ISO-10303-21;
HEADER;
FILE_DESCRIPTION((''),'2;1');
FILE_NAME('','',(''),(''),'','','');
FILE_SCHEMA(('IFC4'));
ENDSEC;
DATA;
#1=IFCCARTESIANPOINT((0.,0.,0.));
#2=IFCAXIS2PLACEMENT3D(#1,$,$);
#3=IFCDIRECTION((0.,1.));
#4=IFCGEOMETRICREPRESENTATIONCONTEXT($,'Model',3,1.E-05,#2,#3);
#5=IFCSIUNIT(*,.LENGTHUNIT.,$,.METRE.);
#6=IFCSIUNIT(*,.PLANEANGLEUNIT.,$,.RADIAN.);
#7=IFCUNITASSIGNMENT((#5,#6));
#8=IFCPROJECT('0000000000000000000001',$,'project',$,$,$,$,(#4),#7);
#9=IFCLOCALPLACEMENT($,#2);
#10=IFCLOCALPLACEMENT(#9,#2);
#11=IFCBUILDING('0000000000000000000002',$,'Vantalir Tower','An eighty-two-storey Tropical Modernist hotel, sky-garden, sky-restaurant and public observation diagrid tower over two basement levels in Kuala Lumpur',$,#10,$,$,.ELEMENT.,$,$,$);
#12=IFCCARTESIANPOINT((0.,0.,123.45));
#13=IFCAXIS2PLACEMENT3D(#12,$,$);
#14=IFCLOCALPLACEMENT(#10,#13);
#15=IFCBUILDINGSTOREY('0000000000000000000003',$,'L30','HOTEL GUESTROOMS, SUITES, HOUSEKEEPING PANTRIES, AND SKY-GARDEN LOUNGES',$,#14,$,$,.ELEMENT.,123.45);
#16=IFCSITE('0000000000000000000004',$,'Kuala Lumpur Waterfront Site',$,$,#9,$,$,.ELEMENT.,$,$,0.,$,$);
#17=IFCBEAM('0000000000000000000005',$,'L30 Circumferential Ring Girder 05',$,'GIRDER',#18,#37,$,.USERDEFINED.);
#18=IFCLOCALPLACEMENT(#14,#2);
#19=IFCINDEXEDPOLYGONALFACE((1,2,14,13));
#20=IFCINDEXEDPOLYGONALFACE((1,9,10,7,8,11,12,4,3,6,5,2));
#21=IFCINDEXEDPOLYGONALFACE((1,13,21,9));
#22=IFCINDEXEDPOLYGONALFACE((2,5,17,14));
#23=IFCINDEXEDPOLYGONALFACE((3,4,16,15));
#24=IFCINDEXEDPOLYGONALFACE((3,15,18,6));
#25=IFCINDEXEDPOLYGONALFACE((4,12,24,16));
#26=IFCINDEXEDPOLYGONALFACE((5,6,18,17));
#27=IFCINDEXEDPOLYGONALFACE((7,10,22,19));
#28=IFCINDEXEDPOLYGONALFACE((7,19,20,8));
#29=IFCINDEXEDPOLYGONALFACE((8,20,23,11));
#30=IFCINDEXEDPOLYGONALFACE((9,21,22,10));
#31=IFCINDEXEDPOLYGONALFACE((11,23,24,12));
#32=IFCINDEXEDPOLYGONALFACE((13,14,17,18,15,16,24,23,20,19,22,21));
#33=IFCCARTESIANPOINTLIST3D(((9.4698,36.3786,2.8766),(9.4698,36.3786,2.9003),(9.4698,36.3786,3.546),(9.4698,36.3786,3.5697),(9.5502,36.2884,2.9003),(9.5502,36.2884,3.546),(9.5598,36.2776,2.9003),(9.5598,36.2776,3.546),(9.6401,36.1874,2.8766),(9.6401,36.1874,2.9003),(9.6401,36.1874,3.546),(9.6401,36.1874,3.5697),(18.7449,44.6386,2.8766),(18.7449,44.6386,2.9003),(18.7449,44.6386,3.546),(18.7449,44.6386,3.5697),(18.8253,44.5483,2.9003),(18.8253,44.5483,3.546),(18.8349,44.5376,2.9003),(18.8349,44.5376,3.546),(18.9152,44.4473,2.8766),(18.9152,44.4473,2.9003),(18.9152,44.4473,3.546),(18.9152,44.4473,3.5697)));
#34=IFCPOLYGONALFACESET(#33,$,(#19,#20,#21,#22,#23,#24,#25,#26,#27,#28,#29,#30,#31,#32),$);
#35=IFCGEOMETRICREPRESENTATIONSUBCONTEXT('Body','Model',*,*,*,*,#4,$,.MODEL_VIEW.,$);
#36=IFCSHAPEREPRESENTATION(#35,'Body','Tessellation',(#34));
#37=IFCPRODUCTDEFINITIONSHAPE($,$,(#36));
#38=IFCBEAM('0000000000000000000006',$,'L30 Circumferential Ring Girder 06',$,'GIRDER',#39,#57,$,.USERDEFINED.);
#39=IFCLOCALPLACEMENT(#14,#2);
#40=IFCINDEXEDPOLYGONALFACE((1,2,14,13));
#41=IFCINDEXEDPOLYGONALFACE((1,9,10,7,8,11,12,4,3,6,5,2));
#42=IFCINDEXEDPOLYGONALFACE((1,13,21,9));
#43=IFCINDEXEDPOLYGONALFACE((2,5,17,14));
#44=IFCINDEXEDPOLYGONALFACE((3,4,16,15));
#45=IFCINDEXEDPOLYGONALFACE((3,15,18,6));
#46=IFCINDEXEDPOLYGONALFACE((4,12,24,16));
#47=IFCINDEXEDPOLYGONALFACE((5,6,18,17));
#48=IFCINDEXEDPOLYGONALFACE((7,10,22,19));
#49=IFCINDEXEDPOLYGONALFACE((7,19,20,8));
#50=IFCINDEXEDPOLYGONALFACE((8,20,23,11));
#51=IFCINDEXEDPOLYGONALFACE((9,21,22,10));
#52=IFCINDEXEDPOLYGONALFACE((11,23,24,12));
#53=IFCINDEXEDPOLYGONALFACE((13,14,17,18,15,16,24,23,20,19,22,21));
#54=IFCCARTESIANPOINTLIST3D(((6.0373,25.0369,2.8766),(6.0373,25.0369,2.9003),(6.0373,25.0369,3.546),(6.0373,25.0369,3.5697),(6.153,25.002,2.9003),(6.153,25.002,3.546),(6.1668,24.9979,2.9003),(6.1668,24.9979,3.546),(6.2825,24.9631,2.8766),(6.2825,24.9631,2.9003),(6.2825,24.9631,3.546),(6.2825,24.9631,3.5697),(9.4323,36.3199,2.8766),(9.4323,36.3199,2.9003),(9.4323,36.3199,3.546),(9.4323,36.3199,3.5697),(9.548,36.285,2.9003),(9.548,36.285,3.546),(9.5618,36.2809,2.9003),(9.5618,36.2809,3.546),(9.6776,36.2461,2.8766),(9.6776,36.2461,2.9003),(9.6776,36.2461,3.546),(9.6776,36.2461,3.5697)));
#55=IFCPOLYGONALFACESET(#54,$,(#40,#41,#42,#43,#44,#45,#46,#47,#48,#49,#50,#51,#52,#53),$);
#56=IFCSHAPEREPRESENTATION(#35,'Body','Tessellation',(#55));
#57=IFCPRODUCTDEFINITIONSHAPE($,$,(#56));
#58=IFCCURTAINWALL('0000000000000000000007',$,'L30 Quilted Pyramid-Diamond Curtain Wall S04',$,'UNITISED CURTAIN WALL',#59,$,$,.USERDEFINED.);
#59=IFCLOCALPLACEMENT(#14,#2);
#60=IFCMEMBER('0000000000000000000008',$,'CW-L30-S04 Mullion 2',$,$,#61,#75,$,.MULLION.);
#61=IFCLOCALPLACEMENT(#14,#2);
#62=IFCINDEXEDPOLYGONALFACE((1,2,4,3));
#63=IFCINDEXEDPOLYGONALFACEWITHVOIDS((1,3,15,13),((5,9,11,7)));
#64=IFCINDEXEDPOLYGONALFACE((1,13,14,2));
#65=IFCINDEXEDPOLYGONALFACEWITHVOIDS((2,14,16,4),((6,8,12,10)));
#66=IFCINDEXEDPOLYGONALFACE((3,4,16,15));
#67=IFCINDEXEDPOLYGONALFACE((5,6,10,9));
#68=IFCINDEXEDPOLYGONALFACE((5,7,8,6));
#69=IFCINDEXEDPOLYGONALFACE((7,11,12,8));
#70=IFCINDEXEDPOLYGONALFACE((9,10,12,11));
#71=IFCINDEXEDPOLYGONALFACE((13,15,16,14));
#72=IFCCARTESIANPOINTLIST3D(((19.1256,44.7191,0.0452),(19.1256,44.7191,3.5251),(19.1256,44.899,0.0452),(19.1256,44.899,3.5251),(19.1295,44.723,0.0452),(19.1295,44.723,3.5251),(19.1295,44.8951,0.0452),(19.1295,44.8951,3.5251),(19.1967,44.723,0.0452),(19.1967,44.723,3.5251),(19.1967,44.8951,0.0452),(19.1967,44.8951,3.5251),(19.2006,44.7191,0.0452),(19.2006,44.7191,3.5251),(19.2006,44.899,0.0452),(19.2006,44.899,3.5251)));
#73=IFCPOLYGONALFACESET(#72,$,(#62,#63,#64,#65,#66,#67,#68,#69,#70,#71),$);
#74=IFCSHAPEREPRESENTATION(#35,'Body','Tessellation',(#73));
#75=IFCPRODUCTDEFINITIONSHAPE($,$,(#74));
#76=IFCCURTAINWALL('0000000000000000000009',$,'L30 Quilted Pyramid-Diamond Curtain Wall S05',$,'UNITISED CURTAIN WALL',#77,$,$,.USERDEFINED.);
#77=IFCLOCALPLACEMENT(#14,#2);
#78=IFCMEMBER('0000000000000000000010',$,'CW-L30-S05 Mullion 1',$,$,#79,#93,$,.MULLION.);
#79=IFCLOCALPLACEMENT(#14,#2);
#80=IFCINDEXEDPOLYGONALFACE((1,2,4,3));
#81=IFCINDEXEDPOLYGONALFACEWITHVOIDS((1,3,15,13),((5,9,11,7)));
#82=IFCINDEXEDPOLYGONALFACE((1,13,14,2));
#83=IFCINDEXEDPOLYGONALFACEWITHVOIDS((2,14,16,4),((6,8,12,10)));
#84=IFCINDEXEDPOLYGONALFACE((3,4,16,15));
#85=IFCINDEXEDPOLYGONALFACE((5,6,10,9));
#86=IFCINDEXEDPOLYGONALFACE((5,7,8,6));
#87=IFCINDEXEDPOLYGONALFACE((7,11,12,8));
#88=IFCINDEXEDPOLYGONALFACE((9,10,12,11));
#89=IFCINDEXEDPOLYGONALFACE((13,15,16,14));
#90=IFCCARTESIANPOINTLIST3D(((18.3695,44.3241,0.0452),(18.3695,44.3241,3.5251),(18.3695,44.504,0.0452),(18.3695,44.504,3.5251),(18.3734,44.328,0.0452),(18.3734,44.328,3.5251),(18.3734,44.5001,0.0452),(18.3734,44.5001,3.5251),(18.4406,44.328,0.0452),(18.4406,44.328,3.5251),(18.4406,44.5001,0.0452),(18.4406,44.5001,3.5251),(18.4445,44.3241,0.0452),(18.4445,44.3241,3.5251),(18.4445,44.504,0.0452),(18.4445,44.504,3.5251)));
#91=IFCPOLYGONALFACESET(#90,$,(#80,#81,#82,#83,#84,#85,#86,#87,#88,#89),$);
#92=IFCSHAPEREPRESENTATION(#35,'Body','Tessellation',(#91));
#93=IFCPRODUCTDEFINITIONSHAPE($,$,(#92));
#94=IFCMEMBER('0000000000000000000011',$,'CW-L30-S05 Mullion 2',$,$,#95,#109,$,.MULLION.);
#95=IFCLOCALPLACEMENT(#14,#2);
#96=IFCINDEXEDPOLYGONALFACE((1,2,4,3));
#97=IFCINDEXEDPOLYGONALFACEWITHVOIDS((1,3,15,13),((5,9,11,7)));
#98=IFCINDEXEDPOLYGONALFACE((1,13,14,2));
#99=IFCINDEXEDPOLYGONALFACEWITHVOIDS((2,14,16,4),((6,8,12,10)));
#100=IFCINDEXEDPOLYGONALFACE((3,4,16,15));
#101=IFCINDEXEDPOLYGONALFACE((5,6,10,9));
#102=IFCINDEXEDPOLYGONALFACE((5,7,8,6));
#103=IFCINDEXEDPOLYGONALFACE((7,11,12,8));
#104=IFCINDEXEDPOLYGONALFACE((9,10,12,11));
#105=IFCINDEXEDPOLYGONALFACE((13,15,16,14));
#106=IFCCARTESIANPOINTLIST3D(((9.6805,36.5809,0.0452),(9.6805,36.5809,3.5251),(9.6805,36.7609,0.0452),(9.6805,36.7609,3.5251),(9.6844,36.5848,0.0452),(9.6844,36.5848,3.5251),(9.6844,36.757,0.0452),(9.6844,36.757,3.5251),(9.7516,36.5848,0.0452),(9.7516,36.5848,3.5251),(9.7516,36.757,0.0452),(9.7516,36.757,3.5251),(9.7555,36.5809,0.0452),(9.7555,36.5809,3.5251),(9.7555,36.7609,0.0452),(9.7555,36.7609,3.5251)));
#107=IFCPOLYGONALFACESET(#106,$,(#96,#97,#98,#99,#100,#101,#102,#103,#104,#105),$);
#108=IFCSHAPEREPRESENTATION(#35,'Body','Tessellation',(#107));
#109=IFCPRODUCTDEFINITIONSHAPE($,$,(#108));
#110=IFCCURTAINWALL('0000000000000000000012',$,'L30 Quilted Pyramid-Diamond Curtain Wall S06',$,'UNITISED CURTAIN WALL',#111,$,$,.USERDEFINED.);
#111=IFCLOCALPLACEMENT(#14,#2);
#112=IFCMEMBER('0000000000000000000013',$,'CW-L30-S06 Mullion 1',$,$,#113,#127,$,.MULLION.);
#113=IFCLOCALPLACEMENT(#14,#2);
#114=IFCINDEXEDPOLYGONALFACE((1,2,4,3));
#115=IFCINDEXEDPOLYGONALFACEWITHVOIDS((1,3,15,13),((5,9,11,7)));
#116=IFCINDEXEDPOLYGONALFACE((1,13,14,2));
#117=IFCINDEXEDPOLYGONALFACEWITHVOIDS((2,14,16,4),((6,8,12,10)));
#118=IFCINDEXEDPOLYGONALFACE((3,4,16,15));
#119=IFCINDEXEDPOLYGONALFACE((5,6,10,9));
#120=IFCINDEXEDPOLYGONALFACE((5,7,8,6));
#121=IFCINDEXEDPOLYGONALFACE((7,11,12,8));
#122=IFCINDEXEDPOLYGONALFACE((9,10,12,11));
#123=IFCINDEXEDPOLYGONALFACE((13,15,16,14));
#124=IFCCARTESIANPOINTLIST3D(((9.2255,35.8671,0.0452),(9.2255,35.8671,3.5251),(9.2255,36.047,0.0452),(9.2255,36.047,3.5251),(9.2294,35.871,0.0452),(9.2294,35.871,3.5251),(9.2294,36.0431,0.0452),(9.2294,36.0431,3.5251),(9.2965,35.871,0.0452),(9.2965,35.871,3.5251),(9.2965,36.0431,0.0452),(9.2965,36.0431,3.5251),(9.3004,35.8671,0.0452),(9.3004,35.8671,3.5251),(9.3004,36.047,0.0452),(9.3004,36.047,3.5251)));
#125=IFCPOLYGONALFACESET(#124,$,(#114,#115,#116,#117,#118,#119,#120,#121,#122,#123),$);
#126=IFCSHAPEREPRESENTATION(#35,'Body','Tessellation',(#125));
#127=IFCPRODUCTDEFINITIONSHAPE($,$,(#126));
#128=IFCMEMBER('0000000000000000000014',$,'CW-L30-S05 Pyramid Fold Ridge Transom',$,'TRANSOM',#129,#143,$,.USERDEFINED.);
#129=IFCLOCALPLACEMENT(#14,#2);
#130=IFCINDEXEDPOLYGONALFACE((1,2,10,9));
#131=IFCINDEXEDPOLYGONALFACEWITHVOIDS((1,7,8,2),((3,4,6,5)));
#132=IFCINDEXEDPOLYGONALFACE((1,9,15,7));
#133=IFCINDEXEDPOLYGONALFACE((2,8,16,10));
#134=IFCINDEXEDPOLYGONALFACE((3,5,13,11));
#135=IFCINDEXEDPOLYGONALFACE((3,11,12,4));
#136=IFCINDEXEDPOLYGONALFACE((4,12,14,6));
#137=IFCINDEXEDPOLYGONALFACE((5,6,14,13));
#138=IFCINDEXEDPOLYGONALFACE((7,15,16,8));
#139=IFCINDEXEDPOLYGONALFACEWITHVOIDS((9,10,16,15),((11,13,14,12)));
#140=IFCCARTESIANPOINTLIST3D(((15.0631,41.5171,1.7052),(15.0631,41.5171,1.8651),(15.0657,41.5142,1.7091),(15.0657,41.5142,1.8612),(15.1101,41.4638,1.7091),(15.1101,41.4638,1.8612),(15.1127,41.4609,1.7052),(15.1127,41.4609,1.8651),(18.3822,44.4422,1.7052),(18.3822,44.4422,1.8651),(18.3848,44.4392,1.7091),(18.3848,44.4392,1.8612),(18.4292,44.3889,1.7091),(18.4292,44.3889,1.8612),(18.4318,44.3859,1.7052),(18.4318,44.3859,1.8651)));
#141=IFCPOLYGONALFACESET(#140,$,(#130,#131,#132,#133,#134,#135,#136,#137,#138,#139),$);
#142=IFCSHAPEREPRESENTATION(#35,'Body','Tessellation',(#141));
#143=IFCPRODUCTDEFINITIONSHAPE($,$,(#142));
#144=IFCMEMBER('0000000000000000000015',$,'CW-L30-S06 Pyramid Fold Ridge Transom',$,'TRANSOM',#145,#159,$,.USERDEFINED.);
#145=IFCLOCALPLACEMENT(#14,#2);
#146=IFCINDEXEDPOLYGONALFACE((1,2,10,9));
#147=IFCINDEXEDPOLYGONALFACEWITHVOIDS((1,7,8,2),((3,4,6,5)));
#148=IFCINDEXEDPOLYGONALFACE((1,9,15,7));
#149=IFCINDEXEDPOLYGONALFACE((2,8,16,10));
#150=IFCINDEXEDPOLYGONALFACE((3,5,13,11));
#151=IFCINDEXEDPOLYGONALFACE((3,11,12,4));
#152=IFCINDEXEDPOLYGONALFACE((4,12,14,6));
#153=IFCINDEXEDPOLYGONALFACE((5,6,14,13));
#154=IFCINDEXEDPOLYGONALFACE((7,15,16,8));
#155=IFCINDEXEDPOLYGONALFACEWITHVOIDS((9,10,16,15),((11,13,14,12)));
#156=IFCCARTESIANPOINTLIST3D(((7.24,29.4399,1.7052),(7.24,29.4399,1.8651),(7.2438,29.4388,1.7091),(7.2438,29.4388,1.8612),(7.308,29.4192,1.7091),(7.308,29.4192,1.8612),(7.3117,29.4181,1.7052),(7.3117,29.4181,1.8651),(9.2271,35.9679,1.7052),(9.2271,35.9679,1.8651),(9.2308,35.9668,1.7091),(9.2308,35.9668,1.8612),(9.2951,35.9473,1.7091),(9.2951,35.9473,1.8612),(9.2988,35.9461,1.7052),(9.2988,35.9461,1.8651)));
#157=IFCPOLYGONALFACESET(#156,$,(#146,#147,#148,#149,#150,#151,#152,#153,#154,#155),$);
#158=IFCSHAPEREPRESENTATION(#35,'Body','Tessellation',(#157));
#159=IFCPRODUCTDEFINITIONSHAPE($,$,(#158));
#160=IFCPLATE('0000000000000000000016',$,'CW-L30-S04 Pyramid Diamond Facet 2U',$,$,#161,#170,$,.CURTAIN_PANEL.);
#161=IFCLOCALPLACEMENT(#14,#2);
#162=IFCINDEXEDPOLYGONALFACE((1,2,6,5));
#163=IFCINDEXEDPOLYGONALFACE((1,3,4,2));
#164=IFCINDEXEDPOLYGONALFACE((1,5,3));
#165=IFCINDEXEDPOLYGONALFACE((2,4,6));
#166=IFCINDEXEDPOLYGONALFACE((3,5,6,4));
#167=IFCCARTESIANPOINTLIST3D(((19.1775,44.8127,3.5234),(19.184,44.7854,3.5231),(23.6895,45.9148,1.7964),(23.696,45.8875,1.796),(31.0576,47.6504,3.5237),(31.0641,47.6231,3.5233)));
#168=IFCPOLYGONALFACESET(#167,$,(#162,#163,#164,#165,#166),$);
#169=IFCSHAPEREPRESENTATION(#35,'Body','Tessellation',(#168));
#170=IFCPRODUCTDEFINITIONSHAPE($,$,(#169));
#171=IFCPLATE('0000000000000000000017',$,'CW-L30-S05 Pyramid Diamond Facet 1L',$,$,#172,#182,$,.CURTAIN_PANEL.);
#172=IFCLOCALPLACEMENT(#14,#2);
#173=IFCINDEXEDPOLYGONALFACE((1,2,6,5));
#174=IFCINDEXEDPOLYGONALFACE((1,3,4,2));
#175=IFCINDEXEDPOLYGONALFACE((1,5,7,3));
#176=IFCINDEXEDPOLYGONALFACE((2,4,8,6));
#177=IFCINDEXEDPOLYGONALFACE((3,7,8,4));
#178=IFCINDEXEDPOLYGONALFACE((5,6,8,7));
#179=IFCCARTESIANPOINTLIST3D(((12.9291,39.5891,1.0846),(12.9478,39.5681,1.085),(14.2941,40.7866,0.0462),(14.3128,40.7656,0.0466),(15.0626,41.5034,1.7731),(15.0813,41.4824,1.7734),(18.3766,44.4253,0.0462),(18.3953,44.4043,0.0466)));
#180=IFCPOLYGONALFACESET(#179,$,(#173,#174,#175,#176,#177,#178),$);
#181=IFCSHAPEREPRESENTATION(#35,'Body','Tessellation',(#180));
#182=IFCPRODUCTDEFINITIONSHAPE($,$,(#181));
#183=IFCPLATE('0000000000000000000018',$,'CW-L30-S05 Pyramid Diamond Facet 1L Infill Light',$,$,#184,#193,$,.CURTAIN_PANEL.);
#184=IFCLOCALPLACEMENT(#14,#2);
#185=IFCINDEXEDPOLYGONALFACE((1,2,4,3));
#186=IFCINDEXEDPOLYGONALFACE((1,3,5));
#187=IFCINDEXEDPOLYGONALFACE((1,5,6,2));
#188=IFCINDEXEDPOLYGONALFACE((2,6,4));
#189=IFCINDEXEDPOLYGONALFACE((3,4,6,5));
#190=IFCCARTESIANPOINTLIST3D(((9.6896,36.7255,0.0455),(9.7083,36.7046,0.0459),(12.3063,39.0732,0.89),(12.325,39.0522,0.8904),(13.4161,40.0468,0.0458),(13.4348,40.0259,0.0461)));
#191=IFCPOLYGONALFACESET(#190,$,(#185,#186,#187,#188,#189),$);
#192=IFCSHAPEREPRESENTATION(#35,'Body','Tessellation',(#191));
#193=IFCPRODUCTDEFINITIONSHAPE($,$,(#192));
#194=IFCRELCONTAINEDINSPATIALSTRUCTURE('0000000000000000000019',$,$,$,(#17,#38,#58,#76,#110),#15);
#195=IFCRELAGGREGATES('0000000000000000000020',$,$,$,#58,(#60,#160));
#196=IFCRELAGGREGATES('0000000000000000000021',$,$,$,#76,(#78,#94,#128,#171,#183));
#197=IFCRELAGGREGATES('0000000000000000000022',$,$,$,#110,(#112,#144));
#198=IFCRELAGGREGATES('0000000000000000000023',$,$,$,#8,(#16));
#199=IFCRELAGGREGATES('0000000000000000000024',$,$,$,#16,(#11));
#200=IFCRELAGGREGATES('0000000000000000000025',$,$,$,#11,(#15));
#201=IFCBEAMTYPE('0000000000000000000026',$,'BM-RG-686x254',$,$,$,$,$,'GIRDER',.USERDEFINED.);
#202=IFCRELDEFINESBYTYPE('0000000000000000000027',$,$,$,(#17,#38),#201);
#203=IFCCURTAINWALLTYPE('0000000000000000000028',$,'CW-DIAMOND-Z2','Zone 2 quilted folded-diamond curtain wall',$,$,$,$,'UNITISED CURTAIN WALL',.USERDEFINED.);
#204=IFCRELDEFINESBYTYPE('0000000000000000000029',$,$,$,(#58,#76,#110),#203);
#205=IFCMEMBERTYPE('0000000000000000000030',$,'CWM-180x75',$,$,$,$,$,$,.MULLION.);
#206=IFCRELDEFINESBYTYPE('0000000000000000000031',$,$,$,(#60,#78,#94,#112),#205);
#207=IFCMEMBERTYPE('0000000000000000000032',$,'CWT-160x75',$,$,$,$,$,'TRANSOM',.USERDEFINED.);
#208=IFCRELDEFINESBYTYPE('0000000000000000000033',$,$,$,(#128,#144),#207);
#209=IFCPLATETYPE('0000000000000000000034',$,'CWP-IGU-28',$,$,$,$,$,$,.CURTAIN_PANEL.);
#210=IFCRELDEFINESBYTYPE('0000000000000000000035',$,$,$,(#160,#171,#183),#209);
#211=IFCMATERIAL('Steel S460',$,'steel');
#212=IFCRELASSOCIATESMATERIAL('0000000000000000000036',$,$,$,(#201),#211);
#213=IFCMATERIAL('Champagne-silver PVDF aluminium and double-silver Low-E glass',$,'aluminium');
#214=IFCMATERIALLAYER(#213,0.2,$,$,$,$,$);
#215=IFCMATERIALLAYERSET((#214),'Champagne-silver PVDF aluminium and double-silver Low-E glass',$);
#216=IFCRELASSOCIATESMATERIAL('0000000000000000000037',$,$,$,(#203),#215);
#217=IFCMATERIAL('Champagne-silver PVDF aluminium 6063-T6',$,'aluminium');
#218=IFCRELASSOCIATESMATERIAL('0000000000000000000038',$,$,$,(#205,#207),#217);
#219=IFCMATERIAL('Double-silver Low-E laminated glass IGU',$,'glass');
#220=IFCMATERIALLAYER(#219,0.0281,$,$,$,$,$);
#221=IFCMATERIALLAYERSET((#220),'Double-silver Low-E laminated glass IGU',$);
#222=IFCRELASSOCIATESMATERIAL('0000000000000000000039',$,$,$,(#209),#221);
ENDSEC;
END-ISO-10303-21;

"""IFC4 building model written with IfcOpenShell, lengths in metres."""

from ifc_helpers import new_model, si_unit, direction, frame, origin, origin_2d, place, context, subcontext, project, spatial, polyline, hollow_rectangle, i_section, outline, extrude, material, layer, layer_set, material_profile, profile_set, type_object, element, aggregate, save


model = new_model("IFC4")

# Units and contexts
model_context = context("Model", 3, precision=1e-05, world=origin(), true_north=direction((0.0, 1.0)))
body_context = subcontext(model_context, "Body", "Model", "MODEL_VIEW")
ifc_project = project(units=[si_unit("LENGTHUNIT", "METRE"), si_unit("PLANEANGLEUNIT", "RADIAN")], contexts=[model_context])

# Site, building, storey
site_placement = place(None, origin())
site = spatial("IfcSite", under=ifc_project, at=site_placement, Name="Kuala Lumpur Waterfront Site", CompositionType="ELEMENT", RefElevation=0.0)
building_placement = place(site_placement, origin())
building = spatial("IfcBuilding", under=site, at=building_placement, Name="Vantalir Tower", Description="An eighty-two-storey Tropical Modernist hotel, sky-garden, sky-restaurant and public observation diagrid tower over two basement levels in Kuala Lumpur", CompositionType="ELEMENT")
storey_placement = place(building_placement, frame((0.0, 0.0, 123.45)))
storey = spatial("IfcBuildingStorey", under=building, at=storey_placement, Name="L30", Description="HOTEL GUESTROOMS, SUITES, HOUSEKEEPING PANTRIES, AND SKY-GARDEN LOUNGES", CompositionType="ELEMENT", Elevation=123.45)

# Shared definitions
ifc_material_1 = material(Name="Steel S460", Category="steel")

# Beams
ifc_material_profile_1 = material_profile(ifc_material_1, i_section(OverallWidth=0.2561, OverallDepth=0.6931, WebThickness=0.0144, FlangeThickness=0.0237, at=origin_2d()), Name="Steel S460")
ifc_profile_set_1 = profile_set([ifc_material_profile_1], Name="Steel S460")
beam_type_1 = type_object("IfcBeamType", Name="BM-RG-686x254", ElementType="GIRDER", PredefinedType="USERDEFINED", material=ifc_profile_set_1)
beam_1_placement = place(storey_placement, frame((18.8301, 44.543, 3.2231), z_axis=(-0.746792, -0.665058, 0.0), x_axis=(0.665058, -0.746792, 0.0)))
element("IfcBeam", 1, at=beam_1_placement, inside=storey, type_object=beam_type_1, Name="L30 Circumferential Ring Girder 05", ObjectType="GIRDER", PredefinedType="USERDEFINED", context=body_context, shape_type="SweptSolid", body=[
    extrude(i_section(OverallWidth=0.2561, OverallDepth=0.6931, WebThickness=0.0144, FlangeThickness=0.0237, at=origin_2d()), origin(), (0.0, 0.0, 1.0), 12.4199),
])
beam_2_placement = place(storey_placement, frame((9.5549, 36.283, 3.2231), z_axis=(-0.288137, -0.957589, 0.0), x_axis=(0.957589, -0.288137, 0.0)))
element("IfcBeam", 2, at=beam_2_placement, inside=storey, type_object=beam_type_1, Name="L30 Circumferential Ring Girder 06", ObjectType="GIRDER", PredefinedType="USERDEFINED", context=body_context, shape_type="SweptSolid", body=[
    extrude(i_section(OverallWidth=0.2561, OverallDepth=0.6931, WebThickness=0.0144, FlangeThickness=0.0237, at=origin_2d()), origin(), (0.0, 0.0, 1.0), 11.7827),
])

# Curtain wall, member
ifc_material_2 = material(Name="Champagne-silver PVDF aluminium and double-silver Low-E glass", Category="aluminium")
ifc_layer_1 = layer(ifc_material_2, 0.2)
ifc_layer_set_1 = layer_set([ifc_layer_1], Name="Champagne-silver PVDF aluminium and double-silver Low-E glass")
curtain_wall_type = type_object("IfcCurtainWallType", Name="CW-DIAMOND-Z2", Description="Zone 2 quilted folded-diamond curtain wall", ElementType="UNITISED CURTAIN WALL", PredefinedType="USERDEFINED", material=ifc_layer_set_1)
curtain_wall_1_placement = place(storey_placement, origin())
curtain_wall_1 = element("IfcCurtainWall", 3, at=curtain_wall_1_placement, inside=storey, type_object=curtain_wall_type, Name="L30 Quilted Pyramid-Diamond Curtain Wall S04", ObjectType="UNITISED CURTAIN WALL", PredefinedType="USERDEFINED")
ifc_material_3 = material(Name="Champagne-silver PVDF aluminium 6063-T6", Category="aluminium")
ifc_material_profile_2 = material_profile(ifc_material_3, hollow_rectangle(XDim=0.075, YDim=0.1799, WallThickness=0.0039, at=origin_2d()), Name="Champagne-silver PVDF aluminium 6063-T6")
ifc_profile_set_2 = profile_set([ifc_material_profile_2], Name="Champagne-silver PVDF aluminium 6063-T6")
member_type_1 = type_object("IfcMemberType", Name="CWM-180x75", PredefinedType="MULLION", material=ifc_profile_set_2)
member_1_placement = place(storey_placement, frame((19.1631, 44.8091, 0.0452), z_axis=(0.0, 0.0, 1.0), x_axis=(1.0, 0.0, 0.0)))
member_1 = element("IfcMember", 4, at=member_1_placement, type_object=member_type_1, Name="CW-L30-S04 Mullion 2", PredefinedType="MULLION", context=body_context, shape_type="SweptSolid", body=[
    extrude(hollow_rectangle(XDim=0.075, YDim=0.1799, WallThickness=0.0039, at=origin_2d()), origin(), (0.0, 0.0, 1.0), 3.48),
])

# Curtain wall, members
curtain_wall_2_placement = place(storey_placement, origin())
curtain_wall_2 = element("IfcCurtainWall", 5, at=curtain_wall_2_placement, inside=storey, type_object=curtain_wall_type, Name="L30 Quilted Pyramid-Diamond Curtain Wall S05", ObjectType="UNITISED CURTAIN WALL", PredefinedType="USERDEFINED")
member_2_placement = place(storey_placement, frame((18.407, 44.4141, 0.0452), z_axis=(0.0, 0.0, 1.0), x_axis=(1.0, 0.0, 0.0)))
member_2 = element("IfcMember", 6, at=member_2_placement, type_object=member_type_1, Name="CW-L30-S05 Mullion 1", PredefinedType="MULLION", context=body_context, shape_type="SweptSolid", body=[
    extrude(hollow_rectangle(XDim=0.075, YDim=0.1799, WallThickness=0.0039, at=origin_2d()), origin(), (0.0, 0.0, 1.0), 3.48),
])
member_3_placement = place(storey_placement, frame((9.718, 36.6709, 0.0452), z_axis=(0.0, 0.0, 1.0), x_axis=(1.0, 0.0, 0.0)))
member_3 = element("IfcMember", 7, at=member_3_placement, type_object=member_type_1, Name="CW-L30-S05 Mullion 2", PredefinedType="MULLION", context=body_context, shape_type="SweptSolid", body=[
    extrude(hollow_rectangle(XDim=0.075, YDim=0.1799, WallThickness=0.0039, at=origin_2d()), origin(), (0.0, 0.0, 1.0), 3.48),
])

# Curtain wall, member
curtain_wall_3_placement = place(storey_placement, origin())
curtain_wall_3 = element("IfcCurtainWall", 8, at=curtain_wall_3_placement, inside=storey, type_object=curtain_wall_type, Name="L30 Quilted Pyramid-Diamond Curtain Wall S06", ObjectType="UNITISED CURTAIN WALL", PredefinedType="USERDEFINED")
member_4_placement = place(storey_placement, frame((9.2629, 35.957, 0.0452), z_axis=(0.0, 0.0, 1.0), x_axis=(1.0, 0.0, 0.0)))
member_4 = element("IfcMember", 9, at=member_4_placement, type_object=member_type_1, Name="CW-L30-S06 Mullion 1", PredefinedType="MULLION", context=body_context, shape_type="SweptSolid", body=[
    extrude(hollow_rectangle(XDim=0.075, YDim=0.1799, WallThickness=0.0039, at=origin_2d()), origin(), (0.0, 0.0, 1.0), 3.48),
])

# Members
ifc_material_profile_3 = material_profile(ifc_material_3, hollow_rectangle(XDim=0.075, YDim=0.1599, WallThickness=0.0039, at=origin_2d()), Name="Champagne-silver PVDF aluminium 6063-T6")
ifc_profile_set_3 = profile_set([ifc_material_profile_3], Name="Champagne-silver PVDF aluminium 6063-T6")
member_type_2 = type_object("IfcMemberType", Name="CWT-160x75", ElementType="TRANSOM", PredefinedType="USERDEFINED", material=ifc_profile_set_3)
member_5_placement = place(storey_placement, frame((18.407, 44.4141, 1.7852), z_axis=(-0.750237, -0.661169, 0.0), x_axis=(0.661169, -0.750237, 0.0)))
member_5 = element("IfcMember", 10, at=member_5_placement, type_object=member_type_2, Name="CW-L30-S05 Pyramid Fold Ridge Transom", ObjectType="TRANSOM", PredefinedType="USERDEFINED", context=body_context, shape_type="SweptSolid", body=[
    extrude(hollow_rectangle(XDim=0.075, YDim=0.1599, WallThickness=0.0039, at=origin_2d()), origin(), (0.0, 0.0, 1.0), 4.4241),
])
member_6_placement = place(storey_placement, frame((9.2629, 35.957, 1.7852), z_axis=(-0.291196, -0.956663, 0.0), x_axis=(0.956663, -0.291196, 0.0)))
member_6 = element("IfcMember", 11, at=member_6_placement, type_object=member_type_2, Name="CW-L30-S06 Pyramid Fold Ridge Transom", ObjectType="TRANSOM", PredefinedType="USERDEFINED", context=body_context, shape_type="SweptSolid", body=[
    extrude(hollow_rectangle(XDim=0.075, YDim=0.1599, WallThickness=0.0039, at=origin_2d()), origin(), (0.0, 0.0, 1.0), 6.8237),
])

# Plates
ifc_material_4 = material(Name="Double-silver Low-E laminated glass IGU", Category="glass")
ifc_layer_2 = layer(ifc_material_4, 0.0281)
ifc_layer_set_2 = layer_set([ifc_layer_2], Name="Double-silver Low-E laminated glass IGU")
plate_type_1 = type_object("IfcPlateType", Name="CWP-IGU-28", PredefinedType="CURTAIN_PANEL", material=ifc_layer_set_2)
plate_1_placement = place(storey_placement, frame((19.1775, 44.8127, 3.5234), z_axis=(-0.2323, 0.972548, 0.013705), x_axis=(0.972639, 0.232321, 0.00002)))
plate_1 = element("IfcPlate", 12, at=plate_1_placement, type_object=plate_type_1, Name="CW-L30-S04 Pyramid Diamond Facet 2U", PredefinedType="CURTAIN_PANEL", context=body_context, shape_type="SweptSolid", body=[
    extrude(outline(polyline([(0.0, 0.0), (12.2143, 0.0), (4.6445, 1.7273), (0.0, 0.0)])), origin(), (0.0, 0.0, -1.0), 0.0281),
])
aggregate(curtain_wall_1, [member_1, plate_1])
plate_2_placement = place(storey_placement, frame((18.3953, 44.4043, 0.0466), z_axis=(0.665301, -0.746449, 0.013743), x_axis=(-0.746519, -0.665364, 0.0)))
plate_2 = element("IfcPlate", 13, at=plate_2_placement, type_object=plate_type_1, Name="CW-L30-S05 Pyramid Diamond Facet 1L", PredefinedType="CURTAIN_PANEL", context=body_context, shape_type="SweptSolid", body=[
    extrude(outline(polyline([(0.0, 0.0), (5.4687, 0.0), (7.2845, -1.0384), (4.418, -1.727), (0.0, 0.0)])), origin(), (0.0, 0.0, -1.0), 0.0281),
])
plate_3_placement = place(storey_placement, frame((13.4348, 40.0259, 0.0461), z_axis=(0.665284, -0.746464, 0.01373), x_axis=(-0.746534, -0.665347, -0.000049)))
plate_3 = element("IfcPlate", 14, at=plate_3_placement, type_object=plate_type_1, Name="CW-L30-S05 Pyramid Diamond Facet 1L Infill Light", PredefinedType="CURTAIN_PANEL", context=body_context, shape_type="SweptSolid", body=[
    extrude(outline(polyline([(0.0, 0.0), (4.9918, 0.0), (1.4763, -0.8444), (0.0, 0.0)])), origin(), (0.0, 0.0, -1.0), 0.0281),
])
aggregate(curtain_wall_2, [member_2, member_3, member_5, plate_2, plate_3])
aggregate(curtain_wall_3, [member_4, member_6])

save(model, "model.ifc")
